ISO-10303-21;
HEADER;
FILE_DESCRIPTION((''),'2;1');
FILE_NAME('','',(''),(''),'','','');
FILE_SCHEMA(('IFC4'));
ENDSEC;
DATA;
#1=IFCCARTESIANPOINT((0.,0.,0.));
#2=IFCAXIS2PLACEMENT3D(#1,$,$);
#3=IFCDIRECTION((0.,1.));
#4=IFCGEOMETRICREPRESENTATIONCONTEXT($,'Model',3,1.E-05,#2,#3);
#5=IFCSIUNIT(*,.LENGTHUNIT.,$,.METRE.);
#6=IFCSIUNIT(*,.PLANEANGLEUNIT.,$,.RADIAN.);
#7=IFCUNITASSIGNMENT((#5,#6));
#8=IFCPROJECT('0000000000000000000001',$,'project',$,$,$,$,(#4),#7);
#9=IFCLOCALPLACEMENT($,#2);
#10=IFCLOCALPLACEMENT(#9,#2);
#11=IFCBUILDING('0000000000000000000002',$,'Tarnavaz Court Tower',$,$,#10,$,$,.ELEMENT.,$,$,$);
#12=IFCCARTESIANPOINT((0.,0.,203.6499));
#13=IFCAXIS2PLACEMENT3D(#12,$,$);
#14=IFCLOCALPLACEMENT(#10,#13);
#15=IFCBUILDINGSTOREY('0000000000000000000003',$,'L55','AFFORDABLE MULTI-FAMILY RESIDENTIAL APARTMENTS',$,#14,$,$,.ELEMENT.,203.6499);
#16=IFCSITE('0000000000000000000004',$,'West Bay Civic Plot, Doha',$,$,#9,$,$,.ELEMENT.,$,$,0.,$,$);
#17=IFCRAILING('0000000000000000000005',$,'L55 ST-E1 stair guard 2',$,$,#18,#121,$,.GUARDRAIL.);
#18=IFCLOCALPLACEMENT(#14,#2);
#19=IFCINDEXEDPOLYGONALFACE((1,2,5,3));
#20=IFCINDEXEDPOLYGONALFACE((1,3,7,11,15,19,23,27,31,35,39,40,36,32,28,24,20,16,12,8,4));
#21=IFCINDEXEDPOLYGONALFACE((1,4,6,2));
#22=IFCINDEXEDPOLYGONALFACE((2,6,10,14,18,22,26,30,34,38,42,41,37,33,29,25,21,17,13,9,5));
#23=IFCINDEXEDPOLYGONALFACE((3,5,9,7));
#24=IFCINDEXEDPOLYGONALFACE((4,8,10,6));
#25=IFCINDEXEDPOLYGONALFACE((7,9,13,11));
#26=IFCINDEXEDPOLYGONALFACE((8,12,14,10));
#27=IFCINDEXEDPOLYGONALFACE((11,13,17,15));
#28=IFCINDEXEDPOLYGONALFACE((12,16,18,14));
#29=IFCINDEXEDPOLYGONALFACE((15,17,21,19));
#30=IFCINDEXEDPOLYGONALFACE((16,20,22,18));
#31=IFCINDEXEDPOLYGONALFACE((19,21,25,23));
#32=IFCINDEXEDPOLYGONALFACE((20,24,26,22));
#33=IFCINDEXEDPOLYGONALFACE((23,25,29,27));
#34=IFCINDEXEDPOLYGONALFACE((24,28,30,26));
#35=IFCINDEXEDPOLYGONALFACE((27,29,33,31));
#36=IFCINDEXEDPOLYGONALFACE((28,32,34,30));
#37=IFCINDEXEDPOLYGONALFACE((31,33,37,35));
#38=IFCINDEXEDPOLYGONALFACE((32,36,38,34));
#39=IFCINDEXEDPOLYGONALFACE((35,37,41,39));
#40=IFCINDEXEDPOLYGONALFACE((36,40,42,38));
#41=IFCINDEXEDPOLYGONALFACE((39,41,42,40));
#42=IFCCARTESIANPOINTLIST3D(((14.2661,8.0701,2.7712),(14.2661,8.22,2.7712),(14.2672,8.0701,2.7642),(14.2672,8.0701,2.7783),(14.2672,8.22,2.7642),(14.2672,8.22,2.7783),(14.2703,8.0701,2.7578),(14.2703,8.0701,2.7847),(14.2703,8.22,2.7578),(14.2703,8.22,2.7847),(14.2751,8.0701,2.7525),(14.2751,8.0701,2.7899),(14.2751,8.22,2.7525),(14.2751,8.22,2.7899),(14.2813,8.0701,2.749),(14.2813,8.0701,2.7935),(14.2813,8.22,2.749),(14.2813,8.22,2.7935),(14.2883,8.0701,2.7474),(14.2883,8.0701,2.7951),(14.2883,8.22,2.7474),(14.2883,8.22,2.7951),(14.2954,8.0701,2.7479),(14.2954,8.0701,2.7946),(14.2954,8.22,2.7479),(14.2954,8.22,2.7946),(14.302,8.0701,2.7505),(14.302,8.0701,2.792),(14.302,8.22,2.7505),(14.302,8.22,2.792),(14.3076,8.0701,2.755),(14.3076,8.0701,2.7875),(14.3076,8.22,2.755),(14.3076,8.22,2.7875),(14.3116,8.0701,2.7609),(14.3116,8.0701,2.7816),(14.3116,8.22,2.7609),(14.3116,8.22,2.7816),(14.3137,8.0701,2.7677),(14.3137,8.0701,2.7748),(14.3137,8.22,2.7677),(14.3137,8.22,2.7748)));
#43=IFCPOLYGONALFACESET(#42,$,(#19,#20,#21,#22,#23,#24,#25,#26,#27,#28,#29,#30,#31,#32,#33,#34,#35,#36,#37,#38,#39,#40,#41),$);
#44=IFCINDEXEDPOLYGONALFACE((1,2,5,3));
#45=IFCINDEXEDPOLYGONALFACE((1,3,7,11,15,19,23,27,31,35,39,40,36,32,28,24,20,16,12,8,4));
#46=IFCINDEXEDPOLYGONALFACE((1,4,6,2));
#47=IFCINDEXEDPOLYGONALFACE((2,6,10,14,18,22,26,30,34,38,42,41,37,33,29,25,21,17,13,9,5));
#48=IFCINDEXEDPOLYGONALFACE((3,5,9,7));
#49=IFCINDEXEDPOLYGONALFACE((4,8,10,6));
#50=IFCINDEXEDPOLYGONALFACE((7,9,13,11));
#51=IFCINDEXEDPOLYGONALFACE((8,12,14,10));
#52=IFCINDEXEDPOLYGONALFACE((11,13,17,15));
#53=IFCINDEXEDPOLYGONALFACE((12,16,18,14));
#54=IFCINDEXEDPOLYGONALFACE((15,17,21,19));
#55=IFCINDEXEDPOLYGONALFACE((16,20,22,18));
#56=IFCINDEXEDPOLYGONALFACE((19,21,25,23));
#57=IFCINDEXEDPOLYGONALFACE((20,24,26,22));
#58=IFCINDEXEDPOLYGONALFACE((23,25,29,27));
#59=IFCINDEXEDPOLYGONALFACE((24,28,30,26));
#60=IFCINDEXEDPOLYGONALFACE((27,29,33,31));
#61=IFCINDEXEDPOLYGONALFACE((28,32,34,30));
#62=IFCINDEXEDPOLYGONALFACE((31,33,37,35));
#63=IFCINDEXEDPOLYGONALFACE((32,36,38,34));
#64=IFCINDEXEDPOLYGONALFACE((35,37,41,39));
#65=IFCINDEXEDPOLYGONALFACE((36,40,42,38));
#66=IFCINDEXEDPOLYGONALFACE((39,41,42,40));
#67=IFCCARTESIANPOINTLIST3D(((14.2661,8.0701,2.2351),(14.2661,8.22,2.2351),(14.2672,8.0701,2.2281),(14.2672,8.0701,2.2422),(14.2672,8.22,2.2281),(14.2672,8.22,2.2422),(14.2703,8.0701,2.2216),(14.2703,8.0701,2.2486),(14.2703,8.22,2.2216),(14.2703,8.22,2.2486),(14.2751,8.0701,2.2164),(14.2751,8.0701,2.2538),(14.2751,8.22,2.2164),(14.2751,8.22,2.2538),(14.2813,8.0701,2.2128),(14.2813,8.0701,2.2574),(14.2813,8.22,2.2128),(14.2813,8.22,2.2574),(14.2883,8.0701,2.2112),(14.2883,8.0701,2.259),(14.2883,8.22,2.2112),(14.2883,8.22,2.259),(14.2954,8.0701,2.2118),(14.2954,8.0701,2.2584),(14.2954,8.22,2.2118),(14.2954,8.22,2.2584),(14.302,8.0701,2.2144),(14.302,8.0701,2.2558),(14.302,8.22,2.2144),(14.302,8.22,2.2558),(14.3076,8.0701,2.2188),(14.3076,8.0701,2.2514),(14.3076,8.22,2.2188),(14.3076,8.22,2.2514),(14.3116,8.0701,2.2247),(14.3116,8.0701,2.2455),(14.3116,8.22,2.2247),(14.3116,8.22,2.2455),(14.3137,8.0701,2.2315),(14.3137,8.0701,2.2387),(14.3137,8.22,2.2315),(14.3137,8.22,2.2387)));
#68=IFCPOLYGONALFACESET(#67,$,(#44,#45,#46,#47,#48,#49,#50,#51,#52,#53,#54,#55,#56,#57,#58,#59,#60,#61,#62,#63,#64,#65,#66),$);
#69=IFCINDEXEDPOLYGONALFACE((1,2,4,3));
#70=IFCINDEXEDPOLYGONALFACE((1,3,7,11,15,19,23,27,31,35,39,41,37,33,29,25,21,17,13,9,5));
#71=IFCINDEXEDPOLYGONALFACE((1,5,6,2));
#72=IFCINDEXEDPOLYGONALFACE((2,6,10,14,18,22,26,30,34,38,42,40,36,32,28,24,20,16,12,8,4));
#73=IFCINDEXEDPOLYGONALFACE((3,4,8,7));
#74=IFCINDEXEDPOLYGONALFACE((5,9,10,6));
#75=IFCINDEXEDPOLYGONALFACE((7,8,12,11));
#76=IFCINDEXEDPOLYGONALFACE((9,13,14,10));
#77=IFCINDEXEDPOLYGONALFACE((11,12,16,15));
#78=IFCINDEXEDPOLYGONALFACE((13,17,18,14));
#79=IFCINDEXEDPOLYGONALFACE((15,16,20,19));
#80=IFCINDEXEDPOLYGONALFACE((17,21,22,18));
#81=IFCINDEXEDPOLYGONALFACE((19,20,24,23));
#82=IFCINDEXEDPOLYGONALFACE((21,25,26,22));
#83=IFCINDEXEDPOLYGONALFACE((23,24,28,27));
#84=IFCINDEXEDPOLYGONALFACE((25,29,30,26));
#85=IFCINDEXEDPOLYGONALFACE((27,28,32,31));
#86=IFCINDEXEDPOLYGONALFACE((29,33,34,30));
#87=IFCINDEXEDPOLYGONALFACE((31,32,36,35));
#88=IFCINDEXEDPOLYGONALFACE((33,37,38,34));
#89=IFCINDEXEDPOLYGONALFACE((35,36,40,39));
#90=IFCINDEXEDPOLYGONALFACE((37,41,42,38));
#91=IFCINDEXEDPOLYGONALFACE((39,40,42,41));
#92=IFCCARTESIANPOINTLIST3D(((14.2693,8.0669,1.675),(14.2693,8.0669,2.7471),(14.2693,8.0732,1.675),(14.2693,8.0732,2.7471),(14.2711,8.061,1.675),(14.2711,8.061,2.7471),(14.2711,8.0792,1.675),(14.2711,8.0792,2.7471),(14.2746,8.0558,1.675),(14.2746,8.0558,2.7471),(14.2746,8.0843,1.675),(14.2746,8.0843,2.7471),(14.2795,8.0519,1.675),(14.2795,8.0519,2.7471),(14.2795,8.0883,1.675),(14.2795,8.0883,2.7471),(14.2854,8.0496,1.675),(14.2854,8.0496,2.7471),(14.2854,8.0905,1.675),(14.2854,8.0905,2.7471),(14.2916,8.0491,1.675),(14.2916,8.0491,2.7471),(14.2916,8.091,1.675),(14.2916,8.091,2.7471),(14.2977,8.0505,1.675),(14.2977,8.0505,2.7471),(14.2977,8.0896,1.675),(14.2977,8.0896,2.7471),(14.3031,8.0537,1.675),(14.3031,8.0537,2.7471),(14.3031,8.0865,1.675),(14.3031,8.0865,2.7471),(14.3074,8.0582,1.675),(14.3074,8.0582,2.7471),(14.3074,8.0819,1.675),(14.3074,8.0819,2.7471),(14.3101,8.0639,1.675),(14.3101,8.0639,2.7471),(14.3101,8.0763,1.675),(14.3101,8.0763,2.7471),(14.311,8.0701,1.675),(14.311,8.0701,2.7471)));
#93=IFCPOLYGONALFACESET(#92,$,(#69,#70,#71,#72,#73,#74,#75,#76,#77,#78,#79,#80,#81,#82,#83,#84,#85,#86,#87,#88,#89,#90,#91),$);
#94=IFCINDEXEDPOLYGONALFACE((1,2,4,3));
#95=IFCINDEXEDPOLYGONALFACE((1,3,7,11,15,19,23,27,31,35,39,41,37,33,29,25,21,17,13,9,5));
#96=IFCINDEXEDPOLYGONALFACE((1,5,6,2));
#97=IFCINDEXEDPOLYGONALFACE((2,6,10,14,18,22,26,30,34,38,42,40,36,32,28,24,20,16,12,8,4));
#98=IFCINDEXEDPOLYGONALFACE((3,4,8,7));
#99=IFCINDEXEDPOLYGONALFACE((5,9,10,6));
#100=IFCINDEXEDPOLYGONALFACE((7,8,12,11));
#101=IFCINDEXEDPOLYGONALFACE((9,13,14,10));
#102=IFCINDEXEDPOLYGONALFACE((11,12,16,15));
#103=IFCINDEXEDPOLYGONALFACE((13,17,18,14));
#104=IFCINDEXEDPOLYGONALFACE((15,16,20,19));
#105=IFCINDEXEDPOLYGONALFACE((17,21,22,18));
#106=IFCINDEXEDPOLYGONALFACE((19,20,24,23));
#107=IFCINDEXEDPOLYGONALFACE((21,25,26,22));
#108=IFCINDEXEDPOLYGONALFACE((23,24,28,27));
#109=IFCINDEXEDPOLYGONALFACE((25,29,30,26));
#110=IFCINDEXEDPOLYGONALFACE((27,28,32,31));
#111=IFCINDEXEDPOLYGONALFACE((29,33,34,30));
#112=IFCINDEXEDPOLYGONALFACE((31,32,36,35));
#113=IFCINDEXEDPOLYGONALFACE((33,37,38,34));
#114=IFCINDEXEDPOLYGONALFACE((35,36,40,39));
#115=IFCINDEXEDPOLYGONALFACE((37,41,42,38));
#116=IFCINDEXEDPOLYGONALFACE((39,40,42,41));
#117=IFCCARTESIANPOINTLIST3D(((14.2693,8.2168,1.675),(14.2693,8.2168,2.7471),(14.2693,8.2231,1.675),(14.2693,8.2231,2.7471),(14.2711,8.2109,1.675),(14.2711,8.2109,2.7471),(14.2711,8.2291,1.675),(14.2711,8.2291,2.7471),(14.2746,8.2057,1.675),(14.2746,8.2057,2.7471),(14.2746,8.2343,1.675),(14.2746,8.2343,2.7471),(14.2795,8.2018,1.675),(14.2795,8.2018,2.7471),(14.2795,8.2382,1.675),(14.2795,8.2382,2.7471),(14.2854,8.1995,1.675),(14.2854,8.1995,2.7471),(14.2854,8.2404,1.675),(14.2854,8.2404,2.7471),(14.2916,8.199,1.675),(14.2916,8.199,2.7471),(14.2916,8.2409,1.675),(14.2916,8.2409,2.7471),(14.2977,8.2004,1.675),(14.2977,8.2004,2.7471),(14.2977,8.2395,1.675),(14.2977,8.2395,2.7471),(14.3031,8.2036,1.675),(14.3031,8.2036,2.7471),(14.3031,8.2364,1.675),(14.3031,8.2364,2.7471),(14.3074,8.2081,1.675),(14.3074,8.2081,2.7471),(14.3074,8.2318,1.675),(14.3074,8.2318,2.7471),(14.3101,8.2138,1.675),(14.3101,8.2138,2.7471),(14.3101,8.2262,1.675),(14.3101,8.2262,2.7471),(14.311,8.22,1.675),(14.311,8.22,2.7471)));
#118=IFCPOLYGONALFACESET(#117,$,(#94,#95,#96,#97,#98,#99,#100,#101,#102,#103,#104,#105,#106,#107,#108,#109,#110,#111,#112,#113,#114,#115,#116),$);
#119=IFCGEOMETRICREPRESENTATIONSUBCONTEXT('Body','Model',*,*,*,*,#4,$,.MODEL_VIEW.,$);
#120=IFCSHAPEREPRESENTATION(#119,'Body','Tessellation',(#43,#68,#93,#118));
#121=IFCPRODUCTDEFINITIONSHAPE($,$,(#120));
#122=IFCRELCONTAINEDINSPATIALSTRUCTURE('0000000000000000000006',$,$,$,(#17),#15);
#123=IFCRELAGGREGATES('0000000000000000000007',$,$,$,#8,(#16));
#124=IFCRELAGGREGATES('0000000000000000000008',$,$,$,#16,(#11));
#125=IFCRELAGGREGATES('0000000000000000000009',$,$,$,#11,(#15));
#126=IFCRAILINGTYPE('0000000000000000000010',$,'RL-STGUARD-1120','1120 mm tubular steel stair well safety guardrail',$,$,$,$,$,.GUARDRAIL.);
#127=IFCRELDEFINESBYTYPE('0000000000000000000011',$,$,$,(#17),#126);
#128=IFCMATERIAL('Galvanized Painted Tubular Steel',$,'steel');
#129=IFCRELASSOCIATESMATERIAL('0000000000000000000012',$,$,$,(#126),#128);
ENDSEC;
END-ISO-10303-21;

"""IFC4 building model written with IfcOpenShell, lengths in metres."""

from ifc_helpers import new_model, si_unit, direction, frame, origin, origin_2d, place, context, subcontext, project, spatial, circle, extrude, material, type_object, element, save


model = new_model("IFC4")

# Units and contexts
model_context = context("Model", 3, precision=1e-05, world=origin(), true_north=direction((0.0, 1.0)))
body_context = subcontext(model_context, "Body", "Model", "MODEL_VIEW")
ifc_project = project(units=[si_unit("LENGTHUNIT", "METRE"), si_unit("PLANEANGLEUNIT", "RADIAN")], contexts=[model_context])

# Site, building, storey
site_placement = place(None, origin())
site = spatial("IfcSite", under=ifc_project, at=site_placement, Name="West Bay Civic Plot, Doha", CompositionType="ELEMENT", RefElevation=0.0)
building_placement = place(site_placement, origin())
building = spatial("IfcBuilding", under=site, at=building_placement, Name="Tarnavaz Court Tower", CompositionType="ELEMENT")
storey_placement = place(building_placement, frame((0.0, 0.0, 203.6499)))
storey = spatial("IfcBuildingStorey", under=building, at=storey_placement, Name="L55", Description="AFFORDABLE MULTI-FAMILY RESIDENTIAL APARTMENTS", CompositionType="ELEMENT", Elevation=203.6499)

# Railing
ifc_material_1 = material(Name="Galvanized Painted Tubular Steel", Category="steel")
railing_type_1 = type_object("IfcRailingType", Name="RL-STGUARD-1120", Description="1120 mm tubular steel stair well safety guardrail", PredefinedType="GUARDRAIL", material=ifc_material_1)
railing_1_placement = place(storey_placement, frame((14.29, 8.0701, 1.675)))
element("IfcRailing", 1, at=railing_1_placement, inside=storey, type_object=railing_type_1, Name="L55 ST-E1 stair guard 2", PredefinedType="GUARDRAIL", context=body_context, shape_type="SweptSolid", body=[
    extrude(circle(Radius=0.0239, at=origin_2d()), frame((0.0, 0.0, 1.0962), z_axis=(0.0, 1.0, 0.0), x_axis=(-1.0, 0.0, 0.0)), (0.0, 0.0, 1.0), 0.1499),
    extrude(circle(Radius=0.0239, at=origin_2d()), frame((0.0, 0.0, 0.5601), z_axis=(0.0, 1.0, 0.0), x_axis=(-1.0, 0.0, 0.0)), (0.0, 0.0, 1.0), 0.1499),
    extrude(circle(Radius=0.021, at=origin_2d()), origin(), (0.0, 0.0, 1.0), 1.072),
    extrude(circle(Radius=0.021, at=origin_2d()), frame((0.0, 0.1499, 0.0)), (0.0, 0.0, 1.0), 1.072),
])

save(model, "model.ifc")
